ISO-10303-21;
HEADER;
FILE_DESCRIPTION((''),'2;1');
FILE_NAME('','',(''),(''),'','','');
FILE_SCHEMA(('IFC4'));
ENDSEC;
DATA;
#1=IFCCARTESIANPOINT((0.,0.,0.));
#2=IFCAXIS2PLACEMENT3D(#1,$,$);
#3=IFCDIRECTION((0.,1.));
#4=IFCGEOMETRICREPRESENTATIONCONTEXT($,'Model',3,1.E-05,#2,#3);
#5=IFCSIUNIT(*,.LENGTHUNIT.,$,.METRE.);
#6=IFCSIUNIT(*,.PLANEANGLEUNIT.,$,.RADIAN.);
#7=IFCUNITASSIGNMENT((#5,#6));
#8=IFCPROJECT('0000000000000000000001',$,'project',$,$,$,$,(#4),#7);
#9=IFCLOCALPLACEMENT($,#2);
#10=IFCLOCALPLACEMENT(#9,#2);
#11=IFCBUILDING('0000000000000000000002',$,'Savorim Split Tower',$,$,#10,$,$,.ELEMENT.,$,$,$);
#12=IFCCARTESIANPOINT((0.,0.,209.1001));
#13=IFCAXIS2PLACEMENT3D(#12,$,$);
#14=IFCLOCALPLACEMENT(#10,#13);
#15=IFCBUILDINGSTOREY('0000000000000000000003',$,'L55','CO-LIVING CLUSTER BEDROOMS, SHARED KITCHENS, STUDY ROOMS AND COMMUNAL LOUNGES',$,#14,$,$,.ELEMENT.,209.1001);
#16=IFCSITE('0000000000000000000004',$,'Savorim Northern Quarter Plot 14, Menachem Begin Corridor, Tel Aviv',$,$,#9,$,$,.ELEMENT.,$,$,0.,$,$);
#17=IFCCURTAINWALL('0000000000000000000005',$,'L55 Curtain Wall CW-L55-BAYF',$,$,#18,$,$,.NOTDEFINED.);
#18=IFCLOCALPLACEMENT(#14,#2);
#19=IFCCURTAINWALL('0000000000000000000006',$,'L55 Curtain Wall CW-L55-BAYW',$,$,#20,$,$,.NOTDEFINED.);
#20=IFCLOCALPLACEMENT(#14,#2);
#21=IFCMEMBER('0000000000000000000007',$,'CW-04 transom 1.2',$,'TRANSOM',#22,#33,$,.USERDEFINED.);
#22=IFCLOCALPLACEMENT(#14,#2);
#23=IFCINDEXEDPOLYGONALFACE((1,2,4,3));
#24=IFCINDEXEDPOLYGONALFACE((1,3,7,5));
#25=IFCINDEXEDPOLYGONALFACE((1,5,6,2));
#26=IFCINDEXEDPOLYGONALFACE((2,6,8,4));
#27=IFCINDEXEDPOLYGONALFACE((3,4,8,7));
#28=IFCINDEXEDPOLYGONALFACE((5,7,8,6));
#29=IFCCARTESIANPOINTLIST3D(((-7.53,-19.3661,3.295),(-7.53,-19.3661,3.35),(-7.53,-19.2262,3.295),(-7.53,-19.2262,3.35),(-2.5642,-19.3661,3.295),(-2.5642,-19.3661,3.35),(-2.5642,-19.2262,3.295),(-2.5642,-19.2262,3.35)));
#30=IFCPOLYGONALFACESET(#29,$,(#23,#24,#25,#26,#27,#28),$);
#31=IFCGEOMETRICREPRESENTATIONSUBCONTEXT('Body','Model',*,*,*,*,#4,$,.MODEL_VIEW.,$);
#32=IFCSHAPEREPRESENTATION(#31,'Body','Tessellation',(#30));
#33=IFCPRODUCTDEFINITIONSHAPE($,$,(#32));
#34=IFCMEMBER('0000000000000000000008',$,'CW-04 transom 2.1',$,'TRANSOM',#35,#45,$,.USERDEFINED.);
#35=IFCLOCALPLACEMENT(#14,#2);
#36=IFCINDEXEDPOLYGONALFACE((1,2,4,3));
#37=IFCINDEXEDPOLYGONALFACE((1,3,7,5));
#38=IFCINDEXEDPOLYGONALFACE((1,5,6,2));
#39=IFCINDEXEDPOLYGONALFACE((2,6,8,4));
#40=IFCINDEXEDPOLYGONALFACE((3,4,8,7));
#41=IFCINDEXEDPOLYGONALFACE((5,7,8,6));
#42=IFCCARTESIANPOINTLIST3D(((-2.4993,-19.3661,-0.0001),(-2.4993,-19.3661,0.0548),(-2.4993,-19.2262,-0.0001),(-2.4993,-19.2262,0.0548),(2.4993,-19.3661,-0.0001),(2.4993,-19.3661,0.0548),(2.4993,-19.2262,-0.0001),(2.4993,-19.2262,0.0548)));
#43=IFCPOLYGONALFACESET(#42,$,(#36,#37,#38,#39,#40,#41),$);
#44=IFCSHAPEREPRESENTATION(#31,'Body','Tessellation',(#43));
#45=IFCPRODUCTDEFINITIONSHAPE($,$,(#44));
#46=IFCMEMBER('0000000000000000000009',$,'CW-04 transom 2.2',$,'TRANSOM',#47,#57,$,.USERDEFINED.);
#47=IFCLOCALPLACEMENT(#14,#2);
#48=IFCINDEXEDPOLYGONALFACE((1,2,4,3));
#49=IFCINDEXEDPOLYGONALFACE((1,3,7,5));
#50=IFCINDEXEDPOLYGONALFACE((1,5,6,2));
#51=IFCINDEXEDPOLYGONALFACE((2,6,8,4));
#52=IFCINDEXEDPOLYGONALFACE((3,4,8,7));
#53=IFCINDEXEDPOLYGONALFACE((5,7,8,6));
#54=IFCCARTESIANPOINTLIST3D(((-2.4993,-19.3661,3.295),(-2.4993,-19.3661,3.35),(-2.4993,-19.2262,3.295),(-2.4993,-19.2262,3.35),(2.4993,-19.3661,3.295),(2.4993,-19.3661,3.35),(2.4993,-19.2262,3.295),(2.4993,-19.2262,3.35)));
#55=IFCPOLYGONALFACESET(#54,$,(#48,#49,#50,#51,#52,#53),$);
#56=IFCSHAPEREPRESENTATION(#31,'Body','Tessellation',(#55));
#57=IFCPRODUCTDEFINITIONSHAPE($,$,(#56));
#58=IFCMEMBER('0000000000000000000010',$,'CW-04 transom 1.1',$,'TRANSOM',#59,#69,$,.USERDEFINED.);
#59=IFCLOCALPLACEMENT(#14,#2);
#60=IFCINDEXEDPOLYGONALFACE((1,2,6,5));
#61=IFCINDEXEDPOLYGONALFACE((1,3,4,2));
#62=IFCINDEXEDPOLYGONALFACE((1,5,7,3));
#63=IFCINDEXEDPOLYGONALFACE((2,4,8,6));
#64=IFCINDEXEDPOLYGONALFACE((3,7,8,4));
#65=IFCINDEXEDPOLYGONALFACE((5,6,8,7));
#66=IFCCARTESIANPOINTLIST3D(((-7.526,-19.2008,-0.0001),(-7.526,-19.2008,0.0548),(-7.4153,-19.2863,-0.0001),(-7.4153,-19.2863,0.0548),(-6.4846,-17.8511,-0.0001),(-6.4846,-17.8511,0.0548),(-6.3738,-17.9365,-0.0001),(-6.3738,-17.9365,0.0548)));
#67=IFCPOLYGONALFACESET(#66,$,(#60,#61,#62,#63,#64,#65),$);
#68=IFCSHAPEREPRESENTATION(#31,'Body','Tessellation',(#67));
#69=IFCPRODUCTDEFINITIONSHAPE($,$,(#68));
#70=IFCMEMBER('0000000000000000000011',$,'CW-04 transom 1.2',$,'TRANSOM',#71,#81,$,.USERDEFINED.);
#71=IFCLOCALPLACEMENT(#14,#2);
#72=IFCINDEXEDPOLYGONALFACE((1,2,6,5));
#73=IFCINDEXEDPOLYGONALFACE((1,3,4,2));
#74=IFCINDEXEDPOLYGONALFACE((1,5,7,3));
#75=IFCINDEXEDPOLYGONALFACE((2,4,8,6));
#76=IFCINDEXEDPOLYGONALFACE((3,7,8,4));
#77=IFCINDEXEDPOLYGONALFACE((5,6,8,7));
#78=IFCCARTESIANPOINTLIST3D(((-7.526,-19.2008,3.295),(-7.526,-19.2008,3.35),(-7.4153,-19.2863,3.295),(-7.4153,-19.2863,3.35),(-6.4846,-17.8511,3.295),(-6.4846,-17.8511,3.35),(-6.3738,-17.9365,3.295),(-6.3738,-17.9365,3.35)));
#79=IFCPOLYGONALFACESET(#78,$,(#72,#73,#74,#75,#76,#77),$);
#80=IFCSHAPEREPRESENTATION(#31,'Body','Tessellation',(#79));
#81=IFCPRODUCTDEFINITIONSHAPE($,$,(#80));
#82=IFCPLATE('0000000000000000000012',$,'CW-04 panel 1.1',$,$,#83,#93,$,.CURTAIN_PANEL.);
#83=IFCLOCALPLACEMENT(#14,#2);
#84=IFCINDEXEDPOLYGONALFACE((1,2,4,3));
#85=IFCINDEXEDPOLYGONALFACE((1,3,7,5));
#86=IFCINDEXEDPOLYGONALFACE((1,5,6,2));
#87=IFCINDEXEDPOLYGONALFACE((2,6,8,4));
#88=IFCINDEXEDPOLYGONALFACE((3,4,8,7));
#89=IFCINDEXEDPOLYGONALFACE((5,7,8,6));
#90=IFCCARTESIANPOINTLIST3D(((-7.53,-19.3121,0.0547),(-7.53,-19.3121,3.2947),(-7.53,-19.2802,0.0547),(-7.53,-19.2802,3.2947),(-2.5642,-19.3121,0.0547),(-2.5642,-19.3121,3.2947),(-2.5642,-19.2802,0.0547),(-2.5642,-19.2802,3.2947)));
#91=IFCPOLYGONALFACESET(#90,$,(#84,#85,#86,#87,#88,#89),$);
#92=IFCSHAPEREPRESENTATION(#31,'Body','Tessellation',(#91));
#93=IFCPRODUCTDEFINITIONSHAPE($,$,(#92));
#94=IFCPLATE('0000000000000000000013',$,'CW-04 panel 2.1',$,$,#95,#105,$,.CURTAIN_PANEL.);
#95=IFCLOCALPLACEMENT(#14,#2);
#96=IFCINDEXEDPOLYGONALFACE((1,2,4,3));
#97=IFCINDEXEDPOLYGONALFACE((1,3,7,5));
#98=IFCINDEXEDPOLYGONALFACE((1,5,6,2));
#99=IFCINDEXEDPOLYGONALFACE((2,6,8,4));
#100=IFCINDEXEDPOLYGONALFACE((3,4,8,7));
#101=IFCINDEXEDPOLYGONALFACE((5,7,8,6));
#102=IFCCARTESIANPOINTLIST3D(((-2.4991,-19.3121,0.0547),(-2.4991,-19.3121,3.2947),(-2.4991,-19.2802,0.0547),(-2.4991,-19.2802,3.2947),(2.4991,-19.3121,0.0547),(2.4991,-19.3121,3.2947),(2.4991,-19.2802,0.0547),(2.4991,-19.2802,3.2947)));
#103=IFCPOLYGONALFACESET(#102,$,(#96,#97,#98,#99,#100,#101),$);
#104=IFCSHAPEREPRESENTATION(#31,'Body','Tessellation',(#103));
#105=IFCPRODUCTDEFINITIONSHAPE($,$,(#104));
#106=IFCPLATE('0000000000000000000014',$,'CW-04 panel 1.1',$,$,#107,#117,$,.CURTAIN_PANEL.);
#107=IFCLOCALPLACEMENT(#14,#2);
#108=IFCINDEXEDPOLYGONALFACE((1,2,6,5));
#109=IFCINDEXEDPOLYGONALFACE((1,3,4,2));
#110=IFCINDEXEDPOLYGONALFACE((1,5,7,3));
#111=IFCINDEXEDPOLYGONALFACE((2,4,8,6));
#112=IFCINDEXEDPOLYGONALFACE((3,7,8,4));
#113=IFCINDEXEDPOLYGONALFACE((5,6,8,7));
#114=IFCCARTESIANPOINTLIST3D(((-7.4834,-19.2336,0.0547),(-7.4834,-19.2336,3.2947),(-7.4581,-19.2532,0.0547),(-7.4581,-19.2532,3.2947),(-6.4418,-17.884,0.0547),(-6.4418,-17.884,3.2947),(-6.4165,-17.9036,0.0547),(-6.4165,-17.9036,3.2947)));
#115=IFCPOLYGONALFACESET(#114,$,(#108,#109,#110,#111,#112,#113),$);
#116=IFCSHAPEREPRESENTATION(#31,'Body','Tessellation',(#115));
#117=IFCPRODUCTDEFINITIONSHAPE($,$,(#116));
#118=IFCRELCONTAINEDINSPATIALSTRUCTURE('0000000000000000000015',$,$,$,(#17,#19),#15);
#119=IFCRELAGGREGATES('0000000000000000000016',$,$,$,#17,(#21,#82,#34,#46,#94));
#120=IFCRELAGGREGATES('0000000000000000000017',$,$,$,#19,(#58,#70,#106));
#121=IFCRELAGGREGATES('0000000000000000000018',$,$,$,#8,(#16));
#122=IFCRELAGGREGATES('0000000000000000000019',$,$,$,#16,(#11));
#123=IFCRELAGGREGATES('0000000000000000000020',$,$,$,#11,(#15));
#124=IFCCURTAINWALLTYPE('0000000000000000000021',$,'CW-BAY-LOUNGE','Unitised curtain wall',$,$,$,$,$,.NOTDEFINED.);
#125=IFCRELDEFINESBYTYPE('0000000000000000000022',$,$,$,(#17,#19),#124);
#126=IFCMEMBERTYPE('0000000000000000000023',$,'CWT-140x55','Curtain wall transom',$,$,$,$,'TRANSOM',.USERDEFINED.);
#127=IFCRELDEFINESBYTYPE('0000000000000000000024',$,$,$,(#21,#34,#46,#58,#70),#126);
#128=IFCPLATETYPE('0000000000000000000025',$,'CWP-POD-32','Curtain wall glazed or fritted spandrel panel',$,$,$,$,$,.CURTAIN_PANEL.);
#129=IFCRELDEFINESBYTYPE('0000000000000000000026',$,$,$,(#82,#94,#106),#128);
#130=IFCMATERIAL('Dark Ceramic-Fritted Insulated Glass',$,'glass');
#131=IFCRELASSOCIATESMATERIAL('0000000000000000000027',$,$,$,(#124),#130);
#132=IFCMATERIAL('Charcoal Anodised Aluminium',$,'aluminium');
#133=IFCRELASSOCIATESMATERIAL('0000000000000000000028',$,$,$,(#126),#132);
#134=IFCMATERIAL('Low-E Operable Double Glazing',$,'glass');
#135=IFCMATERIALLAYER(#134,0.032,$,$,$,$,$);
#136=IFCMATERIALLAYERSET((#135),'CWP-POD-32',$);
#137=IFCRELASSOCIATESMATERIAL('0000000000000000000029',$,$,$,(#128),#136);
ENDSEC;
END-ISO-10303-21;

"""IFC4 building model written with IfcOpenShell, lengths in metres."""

from ifc_helpers import new_model, si_unit, direction, frame, origin, origin_2d, place, context, subcontext, project, spatial, rectangle, extrude, material, layer, layer_set, material_profile, profile_set, type_object, element, aggregate, save


model = new_model("IFC4")

# Units and contexts
model_context = context("Model", 3, precision=1e-05, world=origin(), true_north=direction((0.0, 1.0)))
body_context = subcontext(model_context, "Body", "Model", "MODEL_VIEW")
ifc_project = project(units=[si_unit("LENGTHUNIT", "METRE"), si_unit("PLANEANGLEUNIT", "RADIAN")], contexts=[model_context])

# Site, building, storey
site_placement = place(None, origin())
site = spatial("IfcSite", under=ifc_project, at=site_placement, Name="Savorim Northern Quarter Plot 14, Menachem Begin Corridor, Tel Aviv", CompositionType="ELEMENT", RefElevation=0.0)
building_placement = place(site_placement, origin())
building = spatial("IfcBuilding", under=site, at=building_placement, Name="Savorim Split Tower", CompositionType="ELEMENT")
storey_placement = place(building_placement, frame((0.0, 0.0, 209.1001)))
storey = spatial("IfcBuildingStorey", under=building, at=storey_placement, Name="L55", Description="CO-LIVING CLUSTER BEDROOMS, SHARED KITCHENS, STUDY ROOMS AND COMMUNAL LOUNGES", CompositionType="ELEMENT", Elevation=209.1001)

# Shared definitions
ifc_material_1 = material(Name="Dark Ceramic-Fritted Insulated Glass", Category="glass")
ifc_material_2 = material(Name="Charcoal Anodised Aluminium", Category="aluminium")

# Curtain walls
curtain_wall_type_1 = type_object("IfcCurtainWallType", Name="CW-BAY-LOUNGE", Description="Unitised curtain wall", PredefinedType="NOTDEFINED", material=ifc_material_1)
curtain_wall_1_placement = place(storey_placement, origin())
curtain_wall_1 = element("IfcCurtainWall", 1, at=curtain_wall_1_placement, inside=storey, type_object=curtain_wall_type_1, Name="L55 Curtain Wall CW-L55-BAYF", PredefinedType="NOTDEFINED")
curtain_wall_2_placement = place(storey_placement, origin())
curtain_wall_2 = element("IfcCurtainWall", 2, at=curtain_wall_2_placement, inside=storey, type_object=curtain_wall_type_1, Name="L55 Curtain Wall CW-L55-BAYW", PredefinedType="NOTDEFINED")

# Members
ifc_material_profile_1 = material_profile(ifc_material_2, rectangle(XDim=0.1399, YDim=0.0549, at=origin_2d()), Name="ALU-T 140x55")
ifc_profile_set_1 = profile_set([ifc_material_profile_1], Name="Charcoal Anodised Aluminium")
member_type_1 = type_object("IfcMemberType", Name="CWT-140x55", Description="Curtain wall transom", ElementType="TRANSOM", PredefinedType="USERDEFINED", material=ifc_profile_set_1)
member_1_placement = place(storey_placement, frame((-7.53, -19.2961, 3.3225), z_axis=(1.0, 0.0, 0.0), x_axis=(0.0, 1.0, 0.0)))
member_1 = element("IfcMember", 3, at=member_1_placement, type_object=member_type_1, Name="CW-04 transom 1.2", ObjectType="TRANSOM", PredefinedType="USERDEFINED", context=body_context, shape_type="SweptSolid", body=[
    extrude(rectangle(XDim=0.1399, YDim=0.0549, at=origin_2d()), origin(), (0.0, 0.0, 1.0), 4.9658),
])
member_2_placement = place(storey_placement, frame((-2.4993, -19.2961, 0.0273), z_axis=(1.0, 0.0, 0.0), x_axis=(0.0, 1.0, 0.0)))
member_2 = element("IfcMember", 4, at=member_2_placement, type_object=member_type_1, Name="CW-04 transom 2.1", ObjectType="TRANSOM", PredefinedType="USERDEFINED", context=body_context, shape_type="SweptSolid", body=[
    extrude(rectangle(XDim=0.1399, YDim=0.0549, at=origin_2d()), origin(), (0.0, 0.0, 1.0), 4.9985),
])
member_3_placement = place(storey_placement, frame((-2.4993, -19.2961, 3.3225), z_axis=(1.0, 0.0, 0.0), x_axis=(0.0, 1.0, 0.0)))
member_3 = element("IfcMember", 5, at=member_3_placement, type_object=member_type_1, Name="CW-04 transom 2.2", ObjectType="TRANSOM", PredefinedType="USERDEFINED", context=body_context, shape_type="SweptSolid", body=[
    extrude(rectangle(XDim=0.1399, YDim=0.0549, at=origin_2d()), origin(), (0.0, 0.0, 1.0), 4.9985),
])
member_4_placement = place(storey_placement, frame((-6.4292, -17.8938, 0.0273), z_axis=(-0.610873, -0.791729, 0.0), x_axis=(0.791729, -0.610873, 0.0)))
member_4 = element("IfcMember", 6, at=member_4_placement, type_object=member_type_1, Name="CW-04 transom 1.1", ObjectType="TRANSOM", PredefinedType="USERDEFINED", context=body_context, shape_type="SweptSolid", body=[
    extrude(rectangle(XDim=0.1399, YDim=0.0549, at=origin_2d()), origin(), (0.0, 0.0, 1.0), 1.7048),
])
member_5_placement = place(storey_placement, frame((-6.4292, -17.8938, 3.3225), z_axis=(-0.610873, -0.791729, 0.0), x_axis=(0.791729, -0.610873, 0.0)))
member_5 = element("IfcMember", 7, at=member_5_placement, type_object=member_type_1, Name="CW-04 transom 1.2", ObjectType="TRANSOM", PredefinedType="USERDEFINED", context=body_context, shape_type="SweptSolid", body=[
    extrude(rectangle(XDim=0.1399, YDim=0.0549, at=origin_2d()), origin(), (0.0, 0.0, 1.0), 1.7048),
])

# Plates
ifc_material_3 = material(Name="Low-E Operable Double Glazing", Category="glass")
ifc_layer = layer(ifc_material_3, 0.032)
ifc_layer_set = layer_set([ifc_layer], Name="CWP-POD-32")
plate_type = type_object("IfcPlateType", Name="CWP-POD-32", Description="Curtain wall glazed or fritted spandrel panel", PredefinedType="CURTAIN_PANEL", material=ifc_layer_set)
plate_1_placement = place(storey_placement, frame((-5.0471, -19.2961, 0.0547), z_axis=(0.0, 0.0, 1.0), x_axis=(1.0, 0.0, 0.0)))
plate_1 = element("IfcPlate", 8, at=plate_1_placement, type_object=plate_type, Name="CW-04 panel 1.1", PredefinedType="CURTAIN_PANEL", context=body_context, shape_type="SweptSolid", body=[
    extrude(rectangle(XDim=4.9658, YDim=0.032, at=origin_2d()), origin(), (0.0, 0.0, 1.0), 3.24),
])
plate_2_placement = place(storey_placement, frame((0.0, -19.2961, 0.0547), z_axis=(0.0, 0.0, 1.0), x_axis=(1.0, 0.0, 0.0)))
plate_2 = element("IfcPlate", 9, at=plate_2_placement, type_object=plate_type, Name="CW-04 panel 2.1", PredefinedType="CURTAIN_PANEL", context=body_context, shape_type="SweptSolid", body=[
    extrude(rectangle(XDim=4.9983, YDim=0.032, at=origin_2d()), origin(), (0.0, 0.0, 1.0), 3.24),
])
aggregate(curtain_wall_1, [member_1, plate_1, member_2, member_3, plate_2])
plate_3_placement = place(storey_placement, frame((-6.95, -18.5686, 0.0547), z_axis=(0.0, 0.0, 1.0), x_axis=(-0.610982, -0.791644, 0.0)))
plate_3 = element("IfcPlate", 10, at=plate_3_placement, type_object=plate_type, Name="CW-04 panel 1.1", PredefinedType="CURTAIN_PANEL", context=body_context, shape_type="SweptSolid", body=[
    extrude(rectangle(XDim=1.7048, YDim=0.032, at=origin_2d()), origin(), (0.0, 0.0, 1.0), 3.24),
])
aggregate(curtain_wall_2, [member_4, member_5, plate_3])

save(model, "model.ifc")
